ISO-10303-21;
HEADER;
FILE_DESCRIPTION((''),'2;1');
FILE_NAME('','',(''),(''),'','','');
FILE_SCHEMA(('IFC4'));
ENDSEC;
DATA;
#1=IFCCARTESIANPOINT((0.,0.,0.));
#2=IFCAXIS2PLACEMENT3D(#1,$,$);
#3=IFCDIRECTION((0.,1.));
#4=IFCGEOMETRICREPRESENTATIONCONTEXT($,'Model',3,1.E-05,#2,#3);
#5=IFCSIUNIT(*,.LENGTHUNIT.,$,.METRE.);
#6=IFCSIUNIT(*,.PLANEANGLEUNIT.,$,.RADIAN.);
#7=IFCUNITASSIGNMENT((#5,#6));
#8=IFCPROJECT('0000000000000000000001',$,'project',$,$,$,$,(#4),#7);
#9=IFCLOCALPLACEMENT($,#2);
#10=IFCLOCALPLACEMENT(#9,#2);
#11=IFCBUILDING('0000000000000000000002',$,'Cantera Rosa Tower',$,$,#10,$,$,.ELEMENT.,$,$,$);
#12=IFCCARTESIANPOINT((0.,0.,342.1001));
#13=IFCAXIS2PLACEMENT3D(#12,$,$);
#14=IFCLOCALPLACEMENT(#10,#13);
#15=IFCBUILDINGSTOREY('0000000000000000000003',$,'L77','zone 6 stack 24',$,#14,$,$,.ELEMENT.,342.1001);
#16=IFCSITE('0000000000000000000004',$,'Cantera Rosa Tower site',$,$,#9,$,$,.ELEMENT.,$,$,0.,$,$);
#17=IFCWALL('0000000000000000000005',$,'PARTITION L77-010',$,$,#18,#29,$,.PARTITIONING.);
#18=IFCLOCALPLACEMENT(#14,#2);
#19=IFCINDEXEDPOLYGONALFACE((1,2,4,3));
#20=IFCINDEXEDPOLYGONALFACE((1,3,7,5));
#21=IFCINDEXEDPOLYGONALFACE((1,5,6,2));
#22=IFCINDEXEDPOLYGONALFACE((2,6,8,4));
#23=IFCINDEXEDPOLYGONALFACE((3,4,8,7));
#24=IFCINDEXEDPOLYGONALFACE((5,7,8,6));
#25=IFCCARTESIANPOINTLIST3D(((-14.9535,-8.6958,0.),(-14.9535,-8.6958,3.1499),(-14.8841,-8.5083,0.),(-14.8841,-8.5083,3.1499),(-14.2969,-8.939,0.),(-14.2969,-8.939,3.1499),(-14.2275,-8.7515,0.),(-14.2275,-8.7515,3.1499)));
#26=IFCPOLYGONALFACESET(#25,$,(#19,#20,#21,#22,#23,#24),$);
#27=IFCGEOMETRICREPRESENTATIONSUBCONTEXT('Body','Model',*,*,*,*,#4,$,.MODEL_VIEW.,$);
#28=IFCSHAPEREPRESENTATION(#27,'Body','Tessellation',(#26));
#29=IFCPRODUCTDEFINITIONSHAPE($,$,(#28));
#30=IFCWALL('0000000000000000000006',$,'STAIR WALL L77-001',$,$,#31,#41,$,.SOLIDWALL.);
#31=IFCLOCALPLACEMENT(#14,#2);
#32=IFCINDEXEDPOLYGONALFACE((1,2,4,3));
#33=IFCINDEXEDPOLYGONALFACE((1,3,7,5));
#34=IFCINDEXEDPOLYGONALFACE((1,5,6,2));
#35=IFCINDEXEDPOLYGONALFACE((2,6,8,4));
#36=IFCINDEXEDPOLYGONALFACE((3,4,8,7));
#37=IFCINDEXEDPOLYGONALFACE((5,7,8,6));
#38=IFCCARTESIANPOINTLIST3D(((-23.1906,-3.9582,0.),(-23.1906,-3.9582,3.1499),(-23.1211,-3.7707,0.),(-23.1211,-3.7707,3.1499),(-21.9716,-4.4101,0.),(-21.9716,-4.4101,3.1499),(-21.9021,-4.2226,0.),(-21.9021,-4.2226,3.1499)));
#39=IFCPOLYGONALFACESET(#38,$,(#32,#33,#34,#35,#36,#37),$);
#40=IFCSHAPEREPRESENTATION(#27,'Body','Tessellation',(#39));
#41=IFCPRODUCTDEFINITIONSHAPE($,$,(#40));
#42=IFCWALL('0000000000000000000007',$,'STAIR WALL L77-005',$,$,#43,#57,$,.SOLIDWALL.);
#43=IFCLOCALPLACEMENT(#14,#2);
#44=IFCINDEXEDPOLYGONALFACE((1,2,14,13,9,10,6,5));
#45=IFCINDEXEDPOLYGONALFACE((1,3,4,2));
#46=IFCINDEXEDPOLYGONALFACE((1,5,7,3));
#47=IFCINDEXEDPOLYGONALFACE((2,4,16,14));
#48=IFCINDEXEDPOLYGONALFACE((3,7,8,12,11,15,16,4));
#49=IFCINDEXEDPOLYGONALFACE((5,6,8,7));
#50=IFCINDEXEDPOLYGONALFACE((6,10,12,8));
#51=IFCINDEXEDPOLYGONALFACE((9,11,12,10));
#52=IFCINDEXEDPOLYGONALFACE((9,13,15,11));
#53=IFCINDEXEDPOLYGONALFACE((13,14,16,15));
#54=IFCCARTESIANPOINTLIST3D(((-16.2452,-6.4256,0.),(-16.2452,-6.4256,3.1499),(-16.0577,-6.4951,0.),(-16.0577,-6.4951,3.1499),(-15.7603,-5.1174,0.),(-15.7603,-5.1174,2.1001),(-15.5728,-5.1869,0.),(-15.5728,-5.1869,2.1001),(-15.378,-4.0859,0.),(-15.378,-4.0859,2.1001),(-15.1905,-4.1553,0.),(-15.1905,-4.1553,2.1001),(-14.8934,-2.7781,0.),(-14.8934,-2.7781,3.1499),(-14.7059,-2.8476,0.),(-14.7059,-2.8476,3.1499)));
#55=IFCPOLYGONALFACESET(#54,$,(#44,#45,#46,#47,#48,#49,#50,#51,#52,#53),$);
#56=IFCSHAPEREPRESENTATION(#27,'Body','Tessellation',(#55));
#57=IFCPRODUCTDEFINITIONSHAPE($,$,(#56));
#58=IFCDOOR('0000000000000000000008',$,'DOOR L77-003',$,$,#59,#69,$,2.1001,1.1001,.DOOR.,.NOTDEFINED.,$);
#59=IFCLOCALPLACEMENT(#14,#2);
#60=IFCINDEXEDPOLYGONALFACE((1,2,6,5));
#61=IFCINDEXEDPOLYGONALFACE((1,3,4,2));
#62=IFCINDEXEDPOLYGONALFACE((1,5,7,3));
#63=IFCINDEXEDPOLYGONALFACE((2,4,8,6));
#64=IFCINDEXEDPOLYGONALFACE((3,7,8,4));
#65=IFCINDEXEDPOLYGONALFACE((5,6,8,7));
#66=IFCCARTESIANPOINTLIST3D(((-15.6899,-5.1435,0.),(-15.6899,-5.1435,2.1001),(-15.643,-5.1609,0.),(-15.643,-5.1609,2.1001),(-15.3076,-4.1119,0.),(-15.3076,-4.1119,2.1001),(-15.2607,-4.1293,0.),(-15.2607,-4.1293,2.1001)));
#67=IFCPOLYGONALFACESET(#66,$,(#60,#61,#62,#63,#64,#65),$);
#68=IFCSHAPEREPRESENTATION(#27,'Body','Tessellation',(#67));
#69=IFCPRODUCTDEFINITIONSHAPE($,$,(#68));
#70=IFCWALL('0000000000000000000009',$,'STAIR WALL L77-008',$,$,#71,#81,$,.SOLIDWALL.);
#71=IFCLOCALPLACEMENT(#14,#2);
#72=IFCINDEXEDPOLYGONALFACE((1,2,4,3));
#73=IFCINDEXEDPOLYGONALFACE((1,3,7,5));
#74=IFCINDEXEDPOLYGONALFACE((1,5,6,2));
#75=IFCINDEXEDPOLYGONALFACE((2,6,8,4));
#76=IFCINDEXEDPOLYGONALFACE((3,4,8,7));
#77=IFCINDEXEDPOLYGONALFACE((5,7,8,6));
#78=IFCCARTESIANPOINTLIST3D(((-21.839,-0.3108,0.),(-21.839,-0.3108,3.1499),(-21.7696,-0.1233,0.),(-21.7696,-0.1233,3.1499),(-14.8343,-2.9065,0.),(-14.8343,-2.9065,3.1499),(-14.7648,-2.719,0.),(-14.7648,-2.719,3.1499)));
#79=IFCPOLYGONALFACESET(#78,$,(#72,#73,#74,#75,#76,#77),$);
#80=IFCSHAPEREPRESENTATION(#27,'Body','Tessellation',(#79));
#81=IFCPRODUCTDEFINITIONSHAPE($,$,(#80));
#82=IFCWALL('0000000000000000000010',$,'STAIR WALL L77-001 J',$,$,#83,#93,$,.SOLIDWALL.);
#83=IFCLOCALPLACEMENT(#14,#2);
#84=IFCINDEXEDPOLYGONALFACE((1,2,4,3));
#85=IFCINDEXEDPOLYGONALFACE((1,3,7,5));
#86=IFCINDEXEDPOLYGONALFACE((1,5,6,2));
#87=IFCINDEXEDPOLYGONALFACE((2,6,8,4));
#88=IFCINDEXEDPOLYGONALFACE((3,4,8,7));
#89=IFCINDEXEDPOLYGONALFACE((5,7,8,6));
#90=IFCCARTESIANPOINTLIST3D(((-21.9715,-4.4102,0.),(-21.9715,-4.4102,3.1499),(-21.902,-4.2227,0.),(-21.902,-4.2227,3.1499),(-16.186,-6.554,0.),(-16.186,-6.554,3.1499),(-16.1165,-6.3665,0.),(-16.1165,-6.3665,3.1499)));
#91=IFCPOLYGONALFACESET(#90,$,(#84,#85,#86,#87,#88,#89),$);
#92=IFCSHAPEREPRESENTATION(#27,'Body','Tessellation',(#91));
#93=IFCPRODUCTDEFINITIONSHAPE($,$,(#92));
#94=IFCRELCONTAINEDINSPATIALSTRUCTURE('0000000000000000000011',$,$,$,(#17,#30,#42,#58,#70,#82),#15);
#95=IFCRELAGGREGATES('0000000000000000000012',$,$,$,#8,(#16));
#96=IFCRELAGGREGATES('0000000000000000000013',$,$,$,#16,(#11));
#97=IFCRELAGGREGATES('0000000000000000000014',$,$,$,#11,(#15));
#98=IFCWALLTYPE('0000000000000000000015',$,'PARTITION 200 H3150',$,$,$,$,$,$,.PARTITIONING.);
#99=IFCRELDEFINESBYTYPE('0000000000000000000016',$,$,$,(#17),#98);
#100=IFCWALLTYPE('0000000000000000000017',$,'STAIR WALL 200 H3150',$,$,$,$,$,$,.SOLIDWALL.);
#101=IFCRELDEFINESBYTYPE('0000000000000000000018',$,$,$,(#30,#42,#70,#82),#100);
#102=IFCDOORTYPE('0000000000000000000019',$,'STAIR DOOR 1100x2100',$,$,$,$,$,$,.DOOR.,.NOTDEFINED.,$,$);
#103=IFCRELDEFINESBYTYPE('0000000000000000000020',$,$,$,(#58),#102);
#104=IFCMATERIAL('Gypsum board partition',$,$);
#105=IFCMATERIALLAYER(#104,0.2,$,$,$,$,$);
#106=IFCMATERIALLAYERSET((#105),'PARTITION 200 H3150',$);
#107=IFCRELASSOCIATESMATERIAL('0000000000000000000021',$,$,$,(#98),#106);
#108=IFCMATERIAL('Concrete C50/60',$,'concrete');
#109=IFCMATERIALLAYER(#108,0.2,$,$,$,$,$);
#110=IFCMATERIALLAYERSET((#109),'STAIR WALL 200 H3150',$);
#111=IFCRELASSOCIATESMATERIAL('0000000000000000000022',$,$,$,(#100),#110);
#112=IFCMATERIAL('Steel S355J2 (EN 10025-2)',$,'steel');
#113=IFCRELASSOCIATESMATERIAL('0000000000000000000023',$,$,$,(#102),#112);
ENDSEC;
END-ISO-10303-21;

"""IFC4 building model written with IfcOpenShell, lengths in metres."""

from ifc_helpers import new_model, si_unit, direction, frame, frame_2d, origin, place, context, subcontext, project, spatial, rectangle, extrude, material, layer, layer_set, type_object, element, fill, save


model = new_model("IFC4")

# Units and contexts
model_context = context("Model", 3, precision=1e-05, world=origin(), true_north=direction((0.0, 1.0)))
body_context = subcontext(model_context, "Body", "Model", "MODEL_VIEW")
ifc_project = project(units=[si_unit("LENGTHUNIT", "METRE"), si_unit("PLANEANGLEUNIT", "RADIAN")], contexts=[model_context])

# Site, building, storey
site_placement = place(None, origin())
site = spatial("IfcSite", under=ifc_project, at=site_placement, Name="Cantera Rosa Tower site", CompositionType="ELEMENT", RefElevation=0.0)
building_placement = place(site_placement, origin())
building = spatial("IfcBuilding", under=site, at=building_placement, Name="Cantera Rosa Tower", CompositionType="ELEMENT")
storey_placement = place(building_placement, frame((0.0, 0.0, 342.1001)))
storey = spatial("IfcBuildingStorey", under=building, at=storey_placement, Name="L77", Description="zone 6 stack 24", CompositionType="ELEMENT", Elevation=342.1001)

# Walls
ifc_material_1 = material(Name="Gypsum board partition")
ifc_layer_1 = layer(ifc_material_1, 0.2)
ifc_layer_set_1 = layer_set([ifc_layer_1], Name="PARTITION 200 H3150")
wall_type_1 = type_object("IfcWallType", Name="PARTITION 200 H3150", PredefinedType="PARTITIONING", material=ifc_layer_set_1)
wall_1_placement = place(storey_placement, frame((-14.2622, -8.8452, 0.0), z_axis=(0.0, 0.0, 1.0), x_axis=(-0.93774, 0.347337, 0.0)))
element("IfcWall", 1, at=wall_1_placement, inside=storey, type_object=wall_type_1, Name="PARTITION L77-010", PredefinedType="PARTITIONING", context=body_context, shape_type="SweptSolid", body=[
    extrude(rectangle(XDim=0.7002, YDim=0.2, at=frame_2d((0.3501, 0.0))), origin(), (0.0, 0.0, 1.0), 3.1499),
])
ifc_material_2 = material(Name="Concrete C50/60", Category="concrete")
ifc_layer_2 = layer(ifc_material_2, 0.2)
ifc_layer_set_2 = layer_set([ifc_layer_2], Name="STAIR WALL 200 H3150")
wall_type_2 = type_object("IfcWallType", Name="STAIR WALL 200 H3150", PredefinedType="SOLIDWALL", material=ifc_layer_set_2)
wall_2_placement = place(storey_placement, frame((-23.1558, -3.8645, 0.0), z_axis=(0.0, 0.0, 1.0), x_axis=(0.937642, -0.347602, 0.0)))
element("IfcWall", 2, at=wall_2_placement, inside=storey, type_object=wall_type_2, Name="STAIR WALL L77-001", PredefinedType="SOLIDWALL", context=body_context, shape_type="SweptSolid", body=[
    extrude(rectangle(XDim=1.3, YDim=0.2, at=frame_2d((0.6499, 0.0))), origin(), (0.0, 0.0, 1.0), 3.1499),
])

# Wall, opening, door
wall_3_placement = place(storey_placement, frame((-16.1514, -6.4602, 0.0), z_axis=(0.0, 0.0, 1.0), x_axis=(0.347517, 0.937674, 0.0)))
wall_3 = element("IfcWall", 3, at=wall_3_placement, inside=storey, type_object=wall_type_2, Name="STAIR WALL L77-005", PredefinedType="SOLIDWALL", context=body_context, shape_type="SweptSolid", body=[
    extrude(rectangle(XDim=3.8899, YDim=0.2, at=frame_2d((1.9448, 0.0))), origin(), (0.0, 0.0, 1.0), 3.1499),
])
opening_1_placement = place(wall_3_placement, frame((1.395, 0.0, 0.0)))
opening_1 = element("IfcOpeningElement", 4, at=opening_1_placement, cuts=wall_3, PredefinedType="OPENING", context=body_context, shape_type="SweptSolid", body=[
    extrude(rectangle(XDim=1.1001, YDim=2.1001, at=frame_2d((0.55, 1.05))), frame((0.0, 0.1099, 0.0), z_axis=(0.0, -1.0, 0.0), x_axis=(1.0, 0.0, 0.0)), (0.0, 0.0, 1.0), 0.22),
])
ifc_material_3 = material(Name="Steel S355J2 (EN 10025-2)", Category="steel")
door_type_1 = type_object("IfcDoorType", Name="STAIR DOOR 1100x2100", OperationType="NOTDEFINED", PredefinedType="DOOR", material=ifc_material_3)
door_1_placement = place(opening_1_placement, origin())
door_1 = element("IfcDoor", 5, at=door_1_placement, inside=storey, type_object=door_type_1, Name="DOOR L77-003", OperationType="NOTDEFINED", OverallHeight=2.1001, OverallWidth=1.1001, PredefinedType="DOOR", context=body_context, shape_type="SweptSolid", body=[
    extrude(rectangle(XDim=1.1001, YDim=2.1001, at=frame_2d((0.55, 1.05))), frame((0.0, 0.0249, 0.0), z_axis=(0.0, -1.0, 0.0), x_axis=(1.0, 0.0, 0.0)), (0.0, 0.0, 1.0), 0.05),
])
fill(opening_1, door_1)

# Walls
wall_4_placement = place(storey_placement, frame((-14.7996, -2.8127, 0.0), z_axis=(0.0, 0.0, 1.0), x_axis=(-0.937688, 0.347478, 0.0)))
element("IfcWall", 6, at=wall_4_placement, inside=storey, type_object=wall_type_2, Name="STAIR WALL L77-008", PredefinedType="SOLIDWALL", context=body_context, shape_type="SweptSolid", body=[
    extrude(rectangle(XDim=7.4702, YDim=0.2, at=frame_2d((3.7351, 0.0))), origin(), (0.0, 0.0, 1.0), 3.1499),
])
wall_5_placement = place(storey_placement, frame((-21.9368, -4.3164, 0.0), z_axis=(0.0, 0.0, 1.0), x_axis=(0.937693, -0.347465, 0.0)))
element("IfcWall", 7, at=wall_5_placement, inside=storey, type_object=wall_type_2, Name="STAIR WALL L77-001 J", PredefinedType="SOLIDWALL", context=body_context, shape_type="SweptSolid", body=[
    extrude(rectangle(XDim=6.1699, YDim=0.2, at=frame_2d((3.085, 0.0))), origin(), (0.0, 0.0, 1.0), 3.1499),
])

save(model, "model.ifc")
